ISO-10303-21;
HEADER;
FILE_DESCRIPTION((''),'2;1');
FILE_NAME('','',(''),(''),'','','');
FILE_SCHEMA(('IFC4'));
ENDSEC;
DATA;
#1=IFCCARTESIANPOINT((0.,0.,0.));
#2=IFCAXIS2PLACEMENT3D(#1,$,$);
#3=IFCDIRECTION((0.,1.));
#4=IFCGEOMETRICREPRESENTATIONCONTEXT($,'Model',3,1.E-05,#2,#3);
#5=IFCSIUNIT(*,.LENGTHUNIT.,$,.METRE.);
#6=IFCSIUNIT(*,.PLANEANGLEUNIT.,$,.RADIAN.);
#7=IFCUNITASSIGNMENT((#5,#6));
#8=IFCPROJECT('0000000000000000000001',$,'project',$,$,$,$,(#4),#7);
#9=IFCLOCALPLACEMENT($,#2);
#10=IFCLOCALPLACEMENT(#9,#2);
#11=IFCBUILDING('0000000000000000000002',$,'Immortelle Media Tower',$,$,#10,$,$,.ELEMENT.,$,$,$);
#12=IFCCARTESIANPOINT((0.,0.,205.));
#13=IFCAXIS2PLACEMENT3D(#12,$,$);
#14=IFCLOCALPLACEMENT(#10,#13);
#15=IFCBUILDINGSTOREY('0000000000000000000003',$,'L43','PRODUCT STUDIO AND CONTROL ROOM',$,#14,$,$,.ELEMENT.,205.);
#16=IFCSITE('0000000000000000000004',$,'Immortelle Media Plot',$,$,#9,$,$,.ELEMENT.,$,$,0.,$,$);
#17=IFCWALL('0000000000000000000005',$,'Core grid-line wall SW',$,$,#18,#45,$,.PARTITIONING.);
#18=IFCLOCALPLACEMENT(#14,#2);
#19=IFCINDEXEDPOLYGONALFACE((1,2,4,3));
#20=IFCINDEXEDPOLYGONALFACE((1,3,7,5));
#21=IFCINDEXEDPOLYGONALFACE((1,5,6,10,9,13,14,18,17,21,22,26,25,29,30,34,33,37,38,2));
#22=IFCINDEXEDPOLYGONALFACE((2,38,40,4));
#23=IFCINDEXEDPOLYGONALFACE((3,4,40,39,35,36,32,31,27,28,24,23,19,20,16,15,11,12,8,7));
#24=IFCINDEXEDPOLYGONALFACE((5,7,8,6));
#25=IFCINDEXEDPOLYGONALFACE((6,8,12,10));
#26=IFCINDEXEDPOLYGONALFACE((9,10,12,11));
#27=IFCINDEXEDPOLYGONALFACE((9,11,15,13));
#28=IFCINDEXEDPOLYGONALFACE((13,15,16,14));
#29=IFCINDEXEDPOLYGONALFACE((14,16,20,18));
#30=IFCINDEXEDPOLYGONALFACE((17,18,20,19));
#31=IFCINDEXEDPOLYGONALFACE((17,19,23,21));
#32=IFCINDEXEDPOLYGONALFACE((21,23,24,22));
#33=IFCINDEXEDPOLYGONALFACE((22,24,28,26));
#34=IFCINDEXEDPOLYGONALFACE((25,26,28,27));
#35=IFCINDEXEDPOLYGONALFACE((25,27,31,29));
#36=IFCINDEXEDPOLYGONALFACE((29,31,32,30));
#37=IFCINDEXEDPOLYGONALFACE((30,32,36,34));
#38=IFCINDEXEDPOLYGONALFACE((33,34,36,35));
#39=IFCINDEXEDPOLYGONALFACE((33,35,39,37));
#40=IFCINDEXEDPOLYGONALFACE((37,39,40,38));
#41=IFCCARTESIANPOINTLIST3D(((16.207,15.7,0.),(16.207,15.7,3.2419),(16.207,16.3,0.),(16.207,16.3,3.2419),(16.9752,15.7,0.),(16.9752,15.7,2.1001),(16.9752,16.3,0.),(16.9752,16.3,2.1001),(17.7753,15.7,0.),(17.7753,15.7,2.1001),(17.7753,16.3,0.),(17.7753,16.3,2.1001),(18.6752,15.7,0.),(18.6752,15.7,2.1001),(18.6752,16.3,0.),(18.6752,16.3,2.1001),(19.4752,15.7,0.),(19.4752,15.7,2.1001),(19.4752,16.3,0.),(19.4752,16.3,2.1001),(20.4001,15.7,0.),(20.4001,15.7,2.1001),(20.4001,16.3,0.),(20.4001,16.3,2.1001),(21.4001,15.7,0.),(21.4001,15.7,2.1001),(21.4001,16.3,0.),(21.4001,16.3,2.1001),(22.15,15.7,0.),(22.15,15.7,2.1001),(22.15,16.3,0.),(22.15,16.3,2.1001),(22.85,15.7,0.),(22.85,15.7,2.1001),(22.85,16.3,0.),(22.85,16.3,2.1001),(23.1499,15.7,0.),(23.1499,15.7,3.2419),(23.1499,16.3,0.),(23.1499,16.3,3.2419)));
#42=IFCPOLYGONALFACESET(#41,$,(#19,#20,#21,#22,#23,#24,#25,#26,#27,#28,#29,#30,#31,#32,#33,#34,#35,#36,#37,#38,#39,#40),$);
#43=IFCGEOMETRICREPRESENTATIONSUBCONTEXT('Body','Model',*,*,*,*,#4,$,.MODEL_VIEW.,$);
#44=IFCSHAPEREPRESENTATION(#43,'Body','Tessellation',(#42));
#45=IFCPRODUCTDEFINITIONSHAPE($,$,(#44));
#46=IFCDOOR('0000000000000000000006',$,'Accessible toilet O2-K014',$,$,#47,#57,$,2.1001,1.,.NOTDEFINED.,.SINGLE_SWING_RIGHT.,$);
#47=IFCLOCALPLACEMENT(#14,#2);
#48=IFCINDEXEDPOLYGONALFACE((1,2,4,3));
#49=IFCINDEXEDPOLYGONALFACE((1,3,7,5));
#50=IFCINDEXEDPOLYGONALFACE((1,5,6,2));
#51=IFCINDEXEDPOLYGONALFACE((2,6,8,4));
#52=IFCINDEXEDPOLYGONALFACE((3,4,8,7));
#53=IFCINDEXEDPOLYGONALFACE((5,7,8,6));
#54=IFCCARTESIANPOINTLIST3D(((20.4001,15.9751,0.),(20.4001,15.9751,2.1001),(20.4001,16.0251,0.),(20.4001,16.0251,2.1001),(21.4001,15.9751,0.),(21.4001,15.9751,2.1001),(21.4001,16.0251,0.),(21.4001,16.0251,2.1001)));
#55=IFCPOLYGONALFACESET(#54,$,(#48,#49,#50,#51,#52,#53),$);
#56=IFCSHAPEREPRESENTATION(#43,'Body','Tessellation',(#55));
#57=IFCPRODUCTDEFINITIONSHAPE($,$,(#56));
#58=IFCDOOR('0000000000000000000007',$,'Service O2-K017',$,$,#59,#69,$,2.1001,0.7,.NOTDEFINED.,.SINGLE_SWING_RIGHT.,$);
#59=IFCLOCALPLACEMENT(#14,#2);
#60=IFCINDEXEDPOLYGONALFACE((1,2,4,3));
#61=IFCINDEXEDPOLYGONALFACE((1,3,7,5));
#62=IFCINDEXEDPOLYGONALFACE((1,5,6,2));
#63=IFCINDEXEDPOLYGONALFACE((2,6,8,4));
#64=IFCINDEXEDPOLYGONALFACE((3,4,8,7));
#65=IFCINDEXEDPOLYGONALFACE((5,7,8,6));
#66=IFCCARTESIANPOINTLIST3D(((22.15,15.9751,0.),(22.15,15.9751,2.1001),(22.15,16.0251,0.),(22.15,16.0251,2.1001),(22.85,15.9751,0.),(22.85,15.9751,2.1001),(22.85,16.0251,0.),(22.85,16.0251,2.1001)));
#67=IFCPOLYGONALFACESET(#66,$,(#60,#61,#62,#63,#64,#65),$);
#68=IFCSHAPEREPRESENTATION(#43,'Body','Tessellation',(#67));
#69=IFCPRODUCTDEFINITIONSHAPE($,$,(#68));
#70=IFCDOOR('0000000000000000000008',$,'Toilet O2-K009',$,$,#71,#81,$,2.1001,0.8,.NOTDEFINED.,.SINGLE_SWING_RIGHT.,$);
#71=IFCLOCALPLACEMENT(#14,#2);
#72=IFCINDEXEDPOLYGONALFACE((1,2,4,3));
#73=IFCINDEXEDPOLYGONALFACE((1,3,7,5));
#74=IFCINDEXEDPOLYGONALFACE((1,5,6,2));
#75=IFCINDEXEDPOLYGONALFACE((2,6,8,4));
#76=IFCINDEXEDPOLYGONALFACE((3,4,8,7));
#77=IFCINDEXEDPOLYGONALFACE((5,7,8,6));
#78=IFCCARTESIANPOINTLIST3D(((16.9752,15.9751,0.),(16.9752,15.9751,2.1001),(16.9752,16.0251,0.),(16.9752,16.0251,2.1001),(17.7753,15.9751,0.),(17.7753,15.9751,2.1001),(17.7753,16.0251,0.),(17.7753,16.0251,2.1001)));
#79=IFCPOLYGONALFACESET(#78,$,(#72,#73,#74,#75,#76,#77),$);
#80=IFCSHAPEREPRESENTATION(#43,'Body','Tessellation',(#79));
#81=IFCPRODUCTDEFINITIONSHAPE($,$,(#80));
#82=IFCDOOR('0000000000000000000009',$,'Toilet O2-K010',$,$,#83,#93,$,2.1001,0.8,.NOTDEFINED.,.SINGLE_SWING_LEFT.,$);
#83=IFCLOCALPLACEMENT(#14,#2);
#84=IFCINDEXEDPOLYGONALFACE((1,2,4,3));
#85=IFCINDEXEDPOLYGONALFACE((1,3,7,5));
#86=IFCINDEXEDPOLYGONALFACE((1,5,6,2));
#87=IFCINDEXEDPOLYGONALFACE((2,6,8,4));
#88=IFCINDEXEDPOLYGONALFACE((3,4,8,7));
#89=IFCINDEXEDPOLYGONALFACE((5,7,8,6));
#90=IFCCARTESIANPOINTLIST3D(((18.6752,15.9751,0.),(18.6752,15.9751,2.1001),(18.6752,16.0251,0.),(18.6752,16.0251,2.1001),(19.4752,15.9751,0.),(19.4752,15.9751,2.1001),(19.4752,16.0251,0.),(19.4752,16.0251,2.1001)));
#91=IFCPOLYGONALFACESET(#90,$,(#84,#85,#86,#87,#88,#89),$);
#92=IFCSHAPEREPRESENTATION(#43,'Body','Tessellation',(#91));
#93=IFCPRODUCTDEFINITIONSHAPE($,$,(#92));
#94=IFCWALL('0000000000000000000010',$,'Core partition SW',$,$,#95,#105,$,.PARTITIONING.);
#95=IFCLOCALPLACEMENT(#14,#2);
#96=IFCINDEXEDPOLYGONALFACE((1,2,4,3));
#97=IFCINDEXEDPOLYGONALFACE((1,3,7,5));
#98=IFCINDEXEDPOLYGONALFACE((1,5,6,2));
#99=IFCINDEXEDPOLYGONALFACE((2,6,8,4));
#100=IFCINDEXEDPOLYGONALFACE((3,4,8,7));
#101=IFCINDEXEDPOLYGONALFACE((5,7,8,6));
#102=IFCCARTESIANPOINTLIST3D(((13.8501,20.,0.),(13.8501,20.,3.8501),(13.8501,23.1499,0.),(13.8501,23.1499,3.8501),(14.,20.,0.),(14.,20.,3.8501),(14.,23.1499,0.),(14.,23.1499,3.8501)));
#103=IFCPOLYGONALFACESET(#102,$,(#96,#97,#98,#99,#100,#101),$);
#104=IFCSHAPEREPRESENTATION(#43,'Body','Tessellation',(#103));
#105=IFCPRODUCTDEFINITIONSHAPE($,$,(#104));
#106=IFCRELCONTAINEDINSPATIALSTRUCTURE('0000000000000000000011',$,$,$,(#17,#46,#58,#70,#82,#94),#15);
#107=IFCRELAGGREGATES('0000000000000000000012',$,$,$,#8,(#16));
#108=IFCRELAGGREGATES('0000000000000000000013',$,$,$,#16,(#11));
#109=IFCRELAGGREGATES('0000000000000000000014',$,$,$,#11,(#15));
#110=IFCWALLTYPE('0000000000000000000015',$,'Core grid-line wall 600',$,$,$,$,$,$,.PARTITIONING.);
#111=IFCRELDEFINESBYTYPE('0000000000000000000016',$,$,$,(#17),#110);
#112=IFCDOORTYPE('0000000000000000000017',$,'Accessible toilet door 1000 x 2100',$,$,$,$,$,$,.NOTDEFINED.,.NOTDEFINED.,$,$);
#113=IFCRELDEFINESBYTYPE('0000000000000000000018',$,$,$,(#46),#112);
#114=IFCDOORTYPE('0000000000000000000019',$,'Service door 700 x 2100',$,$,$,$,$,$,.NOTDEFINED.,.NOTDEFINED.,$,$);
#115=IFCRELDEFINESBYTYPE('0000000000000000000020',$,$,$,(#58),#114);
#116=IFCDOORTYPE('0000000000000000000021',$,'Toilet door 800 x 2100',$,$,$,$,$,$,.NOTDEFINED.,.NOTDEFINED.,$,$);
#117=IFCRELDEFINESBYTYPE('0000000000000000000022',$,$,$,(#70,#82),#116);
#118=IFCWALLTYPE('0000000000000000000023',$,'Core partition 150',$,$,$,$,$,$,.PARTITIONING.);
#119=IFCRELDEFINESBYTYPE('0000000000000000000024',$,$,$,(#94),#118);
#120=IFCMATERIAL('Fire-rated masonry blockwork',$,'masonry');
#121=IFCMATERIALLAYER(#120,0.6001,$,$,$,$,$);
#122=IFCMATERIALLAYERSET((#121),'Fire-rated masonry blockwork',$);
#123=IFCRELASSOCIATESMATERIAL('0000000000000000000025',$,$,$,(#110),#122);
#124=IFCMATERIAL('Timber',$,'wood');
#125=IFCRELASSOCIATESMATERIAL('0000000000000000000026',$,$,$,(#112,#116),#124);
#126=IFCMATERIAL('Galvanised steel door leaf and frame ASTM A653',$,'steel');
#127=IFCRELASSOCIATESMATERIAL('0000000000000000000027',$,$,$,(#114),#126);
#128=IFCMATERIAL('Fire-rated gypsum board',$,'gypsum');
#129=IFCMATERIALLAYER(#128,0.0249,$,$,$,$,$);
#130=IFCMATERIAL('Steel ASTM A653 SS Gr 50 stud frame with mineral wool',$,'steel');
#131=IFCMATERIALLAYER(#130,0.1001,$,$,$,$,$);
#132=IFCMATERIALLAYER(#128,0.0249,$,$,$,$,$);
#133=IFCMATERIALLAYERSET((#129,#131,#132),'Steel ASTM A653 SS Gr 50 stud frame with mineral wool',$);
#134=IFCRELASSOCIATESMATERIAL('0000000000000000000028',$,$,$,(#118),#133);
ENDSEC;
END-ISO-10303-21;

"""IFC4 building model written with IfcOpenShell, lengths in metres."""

from ifc_helpers import new_model, si_unit, direction, frame, frame_2d, origin, place, context, subcontext, project, spatial, rectangle, extrude, material, layer, layer_set, type_object, element, fill, save


model = new_model("IFC4")

# Units and contexts
model_context = context("Model", 3, precision=1e-05, world=origin(), true_north=direction((0.0, 1.0)))
body_context = subcontext(model_context, "Body", "Model", "MODEL_VIEW")
ifc_project = project(units=[si_unit("LENGTHUNIT", "METRE"), si_unit("PLANEANGLEUNIT", "RADIAN")], contexts=[model_context])

# Site, building, storey
site_placement = place(None, origin())
site = spatial("IfcSite", under=ifc_project, at=site_placement, Name="Immortelle Media Plot", CompositionType="ELEMENT", RefElevation=0.0)
building_placement = place(site_placement, origin())
building = spatial("IfcBuilding", under=site, at=building_placement, Name="Immortelle Media Tower", CompositionType="ELEMENT")
storey_placement = place(building_placement, frame((0.0, 0.0, 205.0)))
storey = spatial("IfcBuildingStorey", under=building, at=storey_placement, Name="L43", Description="PRODUCT STUDIO AND CONTROL ROOM", CompositionType="ELEMENT", Elevation=205.0)

# Wall, openings, doors
ifc_material_1 = material(Name="Fire-rated masonry blockwork", Category="masonry")
ifc_layer_1 = layer(ifc_material_1, 0.6001)
ifc_layer_set_1 = layer_set([ifc_layer_1], Name="Fire-rated masonry blockwork")
wall_type_1 = type_object("IfcWallType", Name="Core grid-line wall 600", PredefinedType="PARTITIONING", material=ifc_layer_set_1)
wall_1_placement = place(storey_placement, frame((16.207, 16.0, 0.0), z_axis=(0.0, 0.0, 1.0), x_axis=(1.0, 0.0, 0.0)))
wall_1 = element("IfcWall", 1, at=wall_1_placement, inside=storey, type_object=wall_type_1, Name="Core grid-line wall SW", PredefinedType="PARTITIONING", context=body_context, shape_type="SweptSolid", body=[
    extrude(rectangle(XDim=6.9429, YDim=0.6001, at=frame_2d((3.4714, 0.0))), origin(), (0.0, 0.0, 1.0), 3.2419),
])
opening_1_placement = place(wall_1_placement, frame((1.5681, 0.0, 0.0), z_axis=(0.0, 0.0, 1.0), x_axis=(-1.0, 0.0, 0.0)))
opening_1 = element("IfcOpeningElement", 2, at=opening_1_placement, cuts=wall_1, PredefinedType="OPENING", context=body_context, shape_type="SweptSolid", body=[
    extrude(rectangle(XDim=0.8, YDim=2.1001, at=frame_2d((0.3999, 1.05))), frame((0.0, 0.3101, 0.0), z_axis=(0.0, -1.0, 0.0), x_axis=(1.0, 0.0, 0.0)), (0.0, 0.0, 1.0), 0.6201),
])
opening_2_placement = place(wall_1_placement, frame((3.2681, 0.0, 0.0), z_axis=(0.0, 0.0, 1.0), x_axis=(-1.0, 0.0, 0.0)))
opening_2 = element("IfcOpeningElement", 3, at=opening_2_placement, cuts=wall_1, PredefinedType="OPENING", context=body_context, shape_type="SweptSolid", body=[
    extrude(rectangle(XDim=0.8, YDim=2.1001, at=frame_2d((0.3999, 1.05))), frame((0.0, 0.3101, 0.0), z_axis=(0.0, -1.0, 0.0), x_axis=(1.0, 0.0, 0.0)), (0.0, 0.0, 1.0), 0.6201),
])
opening_3_placement = place(wall_1_placement, frame((5.1931, 0.0, 0.0), z_axis=(0.0, 0.0, 1.0), x_axis=(-1.0, 0.0, 0.0)))
opening_3 = element("IfcOpeningElement", 4, at=opening_3_placement, cuts=wall_1, PredefinedType="OPENING", context=body_context, shape_type="SweptSolid", body=[
    extrude(rectangle(XDim=1.0, YDim=2.1001, at=frame_2d((0.5, 1.05))), frame((0.0, 0.3101, 0.0), z_axis=(0.0, -1.0, 0.0), x_axis=(1.0, 0.0, 0.0)), (0.0, 0.0, 1.0), 0.6201),
])
opening_4_placement = place(wall_1_placement, frame((6.6431, 0.0, 0.0), z_axis=(0.0, 0.0, 1.0), x_axis=(-1.0, 0.0, 0.0)))
opening_4 = element("IfcOpeningElement", 5, at=opening_4_placement, cuts=wall_1, PredefinedType="OPENING", context=body_context, shape_type="SweptSolid", body=[
    extrude(rectangle(XDim=0.7, YDim=2.1001, at=frame_2d((0.3501, 1.05))), frame((0.0, 0.3101, 0.0), z_axis=(0.0, -1.0, 0.0), x_axis=(1.0, 0.0, 0.0)), (0.0, 0.0, 1.0), 0.6201),
])
ifc_material_2 = material(Name="Timber", Category="wood")
door_type_1 = type_object("IfcDoorType", Name="Accessible toilet door 1000 x 2100", OperationType="NOTDEFINED", PredefinedType="NOTDEFINED", material=ifc_material_2)
door_1_placement = place(opening_3_placement, origin())
door_1 = element("IfcDoor", 6, at=door_1_placement, inside=storey, type_object=door_type_1, Name="Accessible toilet O2-K014", OperationType="SINGLE_SWING_RIGHT", OverallHeight=2.1001, OverallWidth=1.0, PredefinedType="NOTDEFINED", context=body_context, shape_type="SweptSolid", body=[
    extrude(rectangle(XDim=1.0, YDim=2.1001, at=frame_2d((0.5, 1.05))), frame((0.0, 0.0249, 0.0), z_axis=(0.0, -1.0, 0.0), x_axis=(1.0, 0.0, 0.0)), (0.0, 0.0, 1.0), 0.05),
])
fill(opening_3, door_1)
ifc_material_3 = material(Name="Galvanised steel door leaf and frame ASTM A653", Category="steel")
door_type_2 = type_object("IfcDoorType", Name="Service door 700 x 2100", OperationType="NOTDEFINED", PredefinedType="NOTDEFINED", material=ifc_material_3)
door_2_placement = place(opening_4_placement, origin())
door_2 = element("IfcDoor", 7, at=door_2_placement, inside=storey, type_object=door_type_2, Name="Service O2-K017", OperationType="SINGLE_SWING_RIGHT", OverallHeight=2.1001, OverallWidth=0.7, PredefinedType="NOTDEFINED", context=body_context, shape_type="SweptSolid", body=[
    extrude(rectangle(XDim=0.7, YDim=2.1001, at=frame_2d((0.3501, 1.05))), frame((0.0, 0.0249, 0.0), z_axis=(0.0, -1.0, 0.0), x_axis=(1.0, 0.0, 0.0)), (0.0, 0.0, 1.0), 0.05),
])
fill(opening_4, door_2)
door_type_3 = type_object("IfcDoorType", Name="Toilet door 800 x 2100", OperationType="NOTDEFINED", PredefinedType="NOTDEFINED", material=ifc_material_2)
door_3_placement = place(opening_1_placement, origin())
door_3 = element("IfcDoor", 8, at=door_3_placement, inside=storey, type_object=door_type_3, Name="Toilet O2-K009", OperationType="SINGLE_SWING_RIGHT", OverallHeight=2.1001, OverallWidth=0.8, PredefinedType="NOTDEFINED", context=body_context, shape_type="SweptSolid", body=[
    extrude(rectangle(XDim=0.8, YDim=2.1001, at=frame_2d((0.3999, 1.05))), frame((0.0, 0.0249, 0.0), z_axis=(0.0, -1.0, 0.0), x_axis=(1.0, 0.0, 0.0)), (0.0, 0.0, 1.0), 0.05),
])
fill(opening_1, door_3)
door_4_placement = place(opening_2_placement, origin())
door_4 = element("IfcDoor", 9, at=door_4_placement, inside=storey, type_object=door_type_3, Name="Toilet O2-K010", OperationType="SINGLE_SWING_LEFT", OverallHeight=2.1001, OverallWidth=0.8, PredefinedType="NOTDEFINED", context=body_context, shape_type="SweptSolid", body=[
    extrude(rectangle(XDim=0.8, YDim=2.1001, at=frame_2d((0.3999, 1.05))), frame((0.0, 0.0249, 0.0), z_axis=(0.0, -1.0, 0.0), x_axis=(1.0, 0.0, 0.0)), (0.0, 0.0, 1.0), 0.05),
])
fill(opening_2, door_4)

# Wall
ifc_material_4 = material(Name="Fire-rated gypsum board", Category="gypsum")
ifc_layer_2 = layer(ifc_material_4, 0.0249)
ifc_material_5 = material(Name="Steel ASTM A653 SS Gr 50 stud frame with mineral wool", Category="steel")
ifc_layer_3 = layer(ifc_material_5, 0.1001)
ifc_layer_4 = layer(ifc_material_4, 0.0249)
ifc_layer_set_2 = layer_set([ifc_layer_2, ifc_layer_3, ifc_layer_4], Name="Steel ASTM A653 SS Gr 50 stud frame with mineral wool")
wall_type_2 = type_object("IfcWallType", Name="Core partition 150", PredefinedType="PARTITIONING", material=ifc_layer_set_2)
wall_2_placement = place(storey_placement, frame((13.925, 20.0, 0.0), z_axis=(0.0, 0.0, 1.0), x_axis=(0.0, 1.0, 0.0)))
element("IfcWall", 10, at=wall_2_placement, inside=storey, type_object=wall_type_2, Name="Core partition SW", PredefinedType="PARTITIONING", context=body_context, shape_type="SweptSolid", body=[
    extrude(rectangle(XDim=3.1499, YDim=0.1499, at=frame_2d((1.575, 0.0))), origin(), (0.0, 0.0, 1.0), 3.8501),
])

save(model, "model.ifc")
